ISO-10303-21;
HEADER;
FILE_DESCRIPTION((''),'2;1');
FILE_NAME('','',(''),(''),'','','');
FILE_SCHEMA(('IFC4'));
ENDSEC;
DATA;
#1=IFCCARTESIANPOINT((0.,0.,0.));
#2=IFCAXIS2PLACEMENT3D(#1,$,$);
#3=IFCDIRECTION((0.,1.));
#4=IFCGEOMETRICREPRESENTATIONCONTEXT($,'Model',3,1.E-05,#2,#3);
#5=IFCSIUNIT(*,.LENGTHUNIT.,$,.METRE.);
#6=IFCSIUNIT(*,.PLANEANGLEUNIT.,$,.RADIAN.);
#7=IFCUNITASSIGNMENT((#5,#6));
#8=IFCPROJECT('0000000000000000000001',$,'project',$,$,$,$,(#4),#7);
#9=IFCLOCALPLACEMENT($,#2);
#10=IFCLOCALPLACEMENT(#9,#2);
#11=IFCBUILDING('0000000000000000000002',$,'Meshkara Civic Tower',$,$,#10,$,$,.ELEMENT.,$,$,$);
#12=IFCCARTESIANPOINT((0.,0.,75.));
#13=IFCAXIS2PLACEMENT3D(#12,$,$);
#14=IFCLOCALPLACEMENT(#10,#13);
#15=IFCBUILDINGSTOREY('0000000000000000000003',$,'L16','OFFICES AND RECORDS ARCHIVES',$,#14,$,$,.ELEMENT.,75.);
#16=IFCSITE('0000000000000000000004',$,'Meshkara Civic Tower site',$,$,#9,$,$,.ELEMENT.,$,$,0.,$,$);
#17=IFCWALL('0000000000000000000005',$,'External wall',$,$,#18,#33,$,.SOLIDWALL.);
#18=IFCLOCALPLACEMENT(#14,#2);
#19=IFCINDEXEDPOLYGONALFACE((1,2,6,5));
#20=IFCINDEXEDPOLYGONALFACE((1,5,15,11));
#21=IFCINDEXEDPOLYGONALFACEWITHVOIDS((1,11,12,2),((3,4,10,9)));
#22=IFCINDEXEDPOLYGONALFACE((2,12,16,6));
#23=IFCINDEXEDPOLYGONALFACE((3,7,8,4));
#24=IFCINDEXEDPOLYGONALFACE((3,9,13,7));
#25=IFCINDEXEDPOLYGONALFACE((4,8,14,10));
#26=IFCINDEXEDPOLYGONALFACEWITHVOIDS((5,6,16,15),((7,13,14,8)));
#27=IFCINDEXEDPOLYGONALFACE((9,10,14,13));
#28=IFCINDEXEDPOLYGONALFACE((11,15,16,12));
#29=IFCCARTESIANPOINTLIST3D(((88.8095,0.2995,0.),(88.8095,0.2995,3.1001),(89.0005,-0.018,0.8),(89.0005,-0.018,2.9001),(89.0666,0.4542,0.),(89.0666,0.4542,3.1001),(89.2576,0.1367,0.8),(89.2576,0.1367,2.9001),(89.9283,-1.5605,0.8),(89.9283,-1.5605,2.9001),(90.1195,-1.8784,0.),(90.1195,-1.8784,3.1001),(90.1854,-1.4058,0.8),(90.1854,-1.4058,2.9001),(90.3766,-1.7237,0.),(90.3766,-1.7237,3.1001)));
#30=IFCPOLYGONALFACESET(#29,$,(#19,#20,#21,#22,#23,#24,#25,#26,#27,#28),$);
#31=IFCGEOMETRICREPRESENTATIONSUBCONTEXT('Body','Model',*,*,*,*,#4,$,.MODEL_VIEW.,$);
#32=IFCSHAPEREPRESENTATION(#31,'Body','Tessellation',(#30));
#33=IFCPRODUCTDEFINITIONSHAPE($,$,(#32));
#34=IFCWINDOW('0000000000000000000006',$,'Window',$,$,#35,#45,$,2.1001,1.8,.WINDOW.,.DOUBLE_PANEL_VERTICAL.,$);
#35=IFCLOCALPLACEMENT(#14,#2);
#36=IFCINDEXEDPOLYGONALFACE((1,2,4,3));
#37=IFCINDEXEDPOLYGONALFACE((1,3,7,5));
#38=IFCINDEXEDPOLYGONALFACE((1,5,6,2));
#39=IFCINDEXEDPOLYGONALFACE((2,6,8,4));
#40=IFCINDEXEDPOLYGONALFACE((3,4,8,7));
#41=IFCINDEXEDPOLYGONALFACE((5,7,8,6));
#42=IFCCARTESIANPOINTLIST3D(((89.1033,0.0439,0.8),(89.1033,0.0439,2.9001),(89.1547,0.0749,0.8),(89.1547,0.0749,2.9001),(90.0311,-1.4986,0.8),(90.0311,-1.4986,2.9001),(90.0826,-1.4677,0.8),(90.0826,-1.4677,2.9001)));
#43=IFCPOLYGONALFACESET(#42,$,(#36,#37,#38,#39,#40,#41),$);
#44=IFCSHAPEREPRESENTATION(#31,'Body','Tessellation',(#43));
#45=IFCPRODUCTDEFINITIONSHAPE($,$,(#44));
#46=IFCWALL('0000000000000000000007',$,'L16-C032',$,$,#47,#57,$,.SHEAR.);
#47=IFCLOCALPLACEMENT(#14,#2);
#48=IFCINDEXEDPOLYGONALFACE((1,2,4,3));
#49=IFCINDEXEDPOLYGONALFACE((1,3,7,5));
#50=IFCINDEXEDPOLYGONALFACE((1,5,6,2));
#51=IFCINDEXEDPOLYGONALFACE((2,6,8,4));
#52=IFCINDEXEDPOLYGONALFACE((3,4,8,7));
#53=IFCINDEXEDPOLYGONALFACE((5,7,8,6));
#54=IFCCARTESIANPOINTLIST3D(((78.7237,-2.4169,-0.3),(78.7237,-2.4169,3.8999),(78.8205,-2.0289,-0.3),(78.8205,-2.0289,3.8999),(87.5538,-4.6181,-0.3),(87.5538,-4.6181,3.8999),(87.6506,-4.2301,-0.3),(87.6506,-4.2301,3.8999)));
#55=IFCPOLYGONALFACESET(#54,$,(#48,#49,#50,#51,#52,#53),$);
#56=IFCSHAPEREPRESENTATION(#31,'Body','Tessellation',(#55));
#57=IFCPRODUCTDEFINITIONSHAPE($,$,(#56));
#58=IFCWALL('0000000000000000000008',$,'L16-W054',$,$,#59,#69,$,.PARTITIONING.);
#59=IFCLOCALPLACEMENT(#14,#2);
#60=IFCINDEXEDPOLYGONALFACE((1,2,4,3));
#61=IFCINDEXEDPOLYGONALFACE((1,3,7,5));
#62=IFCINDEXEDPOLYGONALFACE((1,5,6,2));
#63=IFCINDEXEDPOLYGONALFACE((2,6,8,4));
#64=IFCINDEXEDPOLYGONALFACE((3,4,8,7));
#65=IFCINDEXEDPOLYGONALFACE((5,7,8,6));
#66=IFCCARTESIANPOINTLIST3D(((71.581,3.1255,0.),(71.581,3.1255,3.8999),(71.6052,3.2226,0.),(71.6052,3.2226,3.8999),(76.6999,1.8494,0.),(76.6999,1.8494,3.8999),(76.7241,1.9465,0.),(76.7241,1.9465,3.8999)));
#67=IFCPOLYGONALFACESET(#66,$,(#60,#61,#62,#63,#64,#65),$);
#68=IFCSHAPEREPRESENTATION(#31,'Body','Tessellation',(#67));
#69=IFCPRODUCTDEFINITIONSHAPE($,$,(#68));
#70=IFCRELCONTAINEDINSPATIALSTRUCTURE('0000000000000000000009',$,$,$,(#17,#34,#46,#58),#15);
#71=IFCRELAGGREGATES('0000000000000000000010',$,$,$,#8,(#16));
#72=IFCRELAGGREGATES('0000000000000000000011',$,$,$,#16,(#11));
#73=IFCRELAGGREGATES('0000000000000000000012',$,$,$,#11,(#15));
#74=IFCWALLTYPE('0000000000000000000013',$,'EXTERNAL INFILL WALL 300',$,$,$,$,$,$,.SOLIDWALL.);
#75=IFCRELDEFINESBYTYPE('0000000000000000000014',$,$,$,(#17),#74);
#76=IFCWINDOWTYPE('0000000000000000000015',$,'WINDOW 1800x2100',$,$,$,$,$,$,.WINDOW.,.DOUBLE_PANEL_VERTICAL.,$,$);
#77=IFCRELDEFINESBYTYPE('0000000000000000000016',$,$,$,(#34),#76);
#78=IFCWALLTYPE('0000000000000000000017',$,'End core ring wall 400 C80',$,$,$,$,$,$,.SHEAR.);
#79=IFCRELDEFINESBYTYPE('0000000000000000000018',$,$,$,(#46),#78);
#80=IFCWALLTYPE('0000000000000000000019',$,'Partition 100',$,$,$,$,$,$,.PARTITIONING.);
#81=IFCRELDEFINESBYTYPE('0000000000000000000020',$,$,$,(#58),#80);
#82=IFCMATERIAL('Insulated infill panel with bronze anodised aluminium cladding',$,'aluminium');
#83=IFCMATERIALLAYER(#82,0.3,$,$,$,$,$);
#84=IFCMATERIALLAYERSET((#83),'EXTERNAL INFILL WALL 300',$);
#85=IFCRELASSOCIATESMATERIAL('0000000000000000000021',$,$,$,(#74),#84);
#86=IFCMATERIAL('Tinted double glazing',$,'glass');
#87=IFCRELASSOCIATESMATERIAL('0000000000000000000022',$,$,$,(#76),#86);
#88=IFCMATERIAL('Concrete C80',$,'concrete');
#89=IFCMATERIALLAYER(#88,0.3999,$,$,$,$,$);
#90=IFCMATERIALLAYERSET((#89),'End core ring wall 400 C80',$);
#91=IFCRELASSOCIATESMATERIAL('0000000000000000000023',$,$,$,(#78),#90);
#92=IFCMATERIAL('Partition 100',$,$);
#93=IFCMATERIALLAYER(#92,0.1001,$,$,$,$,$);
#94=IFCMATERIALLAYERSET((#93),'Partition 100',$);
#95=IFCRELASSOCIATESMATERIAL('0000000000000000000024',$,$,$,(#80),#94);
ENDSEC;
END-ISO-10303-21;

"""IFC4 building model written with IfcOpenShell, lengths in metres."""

from ifc_helpers import new_model, si_unit, direction, frame, frame_2d, origin, place, context, subcontext, project, spatial, rectangle, extrude, material, layer, layer_set, type_object, element, fill, save


model = new_model("IFC4")

# Units and contexts
model_context = context("Model", 3, precision=1e-05, world=origin(), true_north=direction((0.0, 1.0)))
body_context = subcontext(model_context, "Body", "Model", "MODEL_VIEW")
ifc_project = project(units=[si_unit("LENGTHUNIT", "METRE"), si_unit("PLANEANGLEUNIT", "RADIAN")], contexts=[model_context])

# Site, building, storey
site_placement = place(None, origin())
site = spatial("IfcSite", under=ifc_project, at=site_placement, Name="Meshkara Civic Tower site", CompositionType="ELEMENT", RefElevation=0.0)
building_placement = place(site_placement, origin())
building = spatial("IfcBuilding", under=site, at=building_placement, Name="Meshkara Civic Tower", CompositionType="ELEMENT")
storey_placement = place(building_placement, frame((0.0, 0.0, 75.0)))
storey = spatial("IfcBuildingStorey", under=building, at=storey_placement, Name="L16", Description="OFFICES AND RECORDS ARCHIVES", CompositionType="ELEMENT", Elevation=75.0)

# Wall, opening, window
ifc_material_1 = material(Name="Insulated infill panel with bronze anodised aluminium cladding", Category="aluminium")
ifc_layer_1 = layer(ifc_material_1, 0.3)
ifc_layer_set_1 = layer_set([ifc_layer_1], Name="EXTERNAL INFILL WALL 300")
wall_type_1 = type_object("IfcWallType", Name="EXTERNAL INFILL WALL 300", PredefinedType="SOLIDWALL", material=ifc_layer_set_1)
ifc_material_2 = material(Name="Tinted double glazing", Category="glass")
window_type_1 = type_object("IfcWindowType", Name="WINDOW 1800x2100", PartitioningType="DOUBLE_PANEL_VERTICAL", PredefinedType="WINDOW", material=ifc_material_2)
wall_1_placement = place(storey_placement, frame((90.248, -1.801, 0.0), z_axis=(0.0, 0.0, 1.0), x_axis=(-0.515442, 0.856925, 0.0)))
wall_1 = element("IfcWall", 1, at=wall_1_placement, inside=storey, type_object=wall_type_1, Name="External wall", PredefinedType="SOLIDWALL", context=body_context, shape_type="SweptSolid", body=[
    extrude(rectangle(XDim=2.5415, YDim=0.3, at=frame_2d((1.2708, 0.0))), origin(), (0.0, 0.0, 1.0), 3.1001),
])
opening_1_placement = place(wall_1_placement, frame((0.3711, 0.0, 0.8)))
opening_1 = element("IfcOpeningElement", 2, at=opening_1_placement, cuts=wall_1, PredefinedType="OPENING", context=body_context, shape_type="SweptSolid", body=[
    extrude(rectangle(XDim=1.8, YDim=2.1001, at=frame_2d((0.8999, 1.05))), frame((0.0, 0.1599, 0.0), z_axis=(0.0, -1.0, 0.0), x_axis=(1.0, 0.0, 0.0)), (0.0, 0.0, 1.0), 0.3201),
])
window_1_placement = place(opening_1_placement, origin())
window_1 = element("IfcWindow", 3, at=window_1_placement, inside=storey, type_object=window_type_1, Name="Window", OverallHeight=2.1001, OverallWidth=1.8, PartitioningType="DOUBLE_PANEL_VERTICAL", PredefinedType="WINDOW", context=body_context, shape_type="SweptSolid", body=[
    extrude(rectangle(XDim=1.8, YDim=2.1001, at=frame_2d((0.8999, 1.05))), frame((0.0, 0.03, 0.0), z_axis=(0.0, -1.0, 0.0), x_axis=(1.0, 0.0, 0.0)), (0.0, 0.0, 1.0), 0.0601),
])
fill(opening_1, window_1)

# Walls
ifc_material_3 = material(Name="Concrete C80", Category="concrete")
ifc_layer_2 = layer(ifc_material_3, 0.3999)
ifc_layer_set_2 = layer_set([ifc_layer_2], Name="End core ring wall 400 C80")
wall_type_2 = type_object("IfcWallType", Name="End core ring wall 400 C80", PredefinedType="SHEAR", material=ifc_layer_set_2)
wall_2_placement = place(storey_placement, frame((78.772, -2.2229, -0.3), z_axis=(0.0, 0.0, 1.0), x_axis=(0.970306, -0.241879, 0.0)))
element("IfcWall", 4, at=wall_2_placement, inside=storey, type_object=wall_type_2, Name="L16-C032", PredefinedType="SHEAR", context=body_context, shape_type="SweptSolid", body=[
    extrude(rectangle(XDim=9.1003, YDim=0.3999, at=frame_2d((4.5503, 0.0))), origin(), (0.0, 0.0, 1.0), 4.2),
])
ifc_material_4 = material(Name="Partition 100")
ifc_layer_3 = layer(ifc_material_4, 0.1001)
ifc_layer_set_3 = layer_set([ifc_layer_3], Name="Partition 100")
wall_type_3 = type_object("IfcWallType", Name="Partition 100", PredefinedType="PARTITIONING", material=ifc_layer_set_3)
wall_3_placement = place(storey_placement, frame((76.7119, 1.8979, 0.0), z_axis=(0.0, 0.0, 1.0), x_axis=(-0.970303, 0.241893, 0.0)))
element("IfcWall", 5, at=wall_3_placement, inside=storey, type_object=wall_type_3, Name="L16-W054", PredefinedType="PARTITIONING", context=body_context, shape_type="SweptSolid", body=[
    extrude(rectangle(XDim=5.2756, YDim=0.1001, at=frame_2d((2.6377, 0.0))), origin(), (0.0, 0.0, 1.0), 3.8999),
])

save(model, "model.ifc")
